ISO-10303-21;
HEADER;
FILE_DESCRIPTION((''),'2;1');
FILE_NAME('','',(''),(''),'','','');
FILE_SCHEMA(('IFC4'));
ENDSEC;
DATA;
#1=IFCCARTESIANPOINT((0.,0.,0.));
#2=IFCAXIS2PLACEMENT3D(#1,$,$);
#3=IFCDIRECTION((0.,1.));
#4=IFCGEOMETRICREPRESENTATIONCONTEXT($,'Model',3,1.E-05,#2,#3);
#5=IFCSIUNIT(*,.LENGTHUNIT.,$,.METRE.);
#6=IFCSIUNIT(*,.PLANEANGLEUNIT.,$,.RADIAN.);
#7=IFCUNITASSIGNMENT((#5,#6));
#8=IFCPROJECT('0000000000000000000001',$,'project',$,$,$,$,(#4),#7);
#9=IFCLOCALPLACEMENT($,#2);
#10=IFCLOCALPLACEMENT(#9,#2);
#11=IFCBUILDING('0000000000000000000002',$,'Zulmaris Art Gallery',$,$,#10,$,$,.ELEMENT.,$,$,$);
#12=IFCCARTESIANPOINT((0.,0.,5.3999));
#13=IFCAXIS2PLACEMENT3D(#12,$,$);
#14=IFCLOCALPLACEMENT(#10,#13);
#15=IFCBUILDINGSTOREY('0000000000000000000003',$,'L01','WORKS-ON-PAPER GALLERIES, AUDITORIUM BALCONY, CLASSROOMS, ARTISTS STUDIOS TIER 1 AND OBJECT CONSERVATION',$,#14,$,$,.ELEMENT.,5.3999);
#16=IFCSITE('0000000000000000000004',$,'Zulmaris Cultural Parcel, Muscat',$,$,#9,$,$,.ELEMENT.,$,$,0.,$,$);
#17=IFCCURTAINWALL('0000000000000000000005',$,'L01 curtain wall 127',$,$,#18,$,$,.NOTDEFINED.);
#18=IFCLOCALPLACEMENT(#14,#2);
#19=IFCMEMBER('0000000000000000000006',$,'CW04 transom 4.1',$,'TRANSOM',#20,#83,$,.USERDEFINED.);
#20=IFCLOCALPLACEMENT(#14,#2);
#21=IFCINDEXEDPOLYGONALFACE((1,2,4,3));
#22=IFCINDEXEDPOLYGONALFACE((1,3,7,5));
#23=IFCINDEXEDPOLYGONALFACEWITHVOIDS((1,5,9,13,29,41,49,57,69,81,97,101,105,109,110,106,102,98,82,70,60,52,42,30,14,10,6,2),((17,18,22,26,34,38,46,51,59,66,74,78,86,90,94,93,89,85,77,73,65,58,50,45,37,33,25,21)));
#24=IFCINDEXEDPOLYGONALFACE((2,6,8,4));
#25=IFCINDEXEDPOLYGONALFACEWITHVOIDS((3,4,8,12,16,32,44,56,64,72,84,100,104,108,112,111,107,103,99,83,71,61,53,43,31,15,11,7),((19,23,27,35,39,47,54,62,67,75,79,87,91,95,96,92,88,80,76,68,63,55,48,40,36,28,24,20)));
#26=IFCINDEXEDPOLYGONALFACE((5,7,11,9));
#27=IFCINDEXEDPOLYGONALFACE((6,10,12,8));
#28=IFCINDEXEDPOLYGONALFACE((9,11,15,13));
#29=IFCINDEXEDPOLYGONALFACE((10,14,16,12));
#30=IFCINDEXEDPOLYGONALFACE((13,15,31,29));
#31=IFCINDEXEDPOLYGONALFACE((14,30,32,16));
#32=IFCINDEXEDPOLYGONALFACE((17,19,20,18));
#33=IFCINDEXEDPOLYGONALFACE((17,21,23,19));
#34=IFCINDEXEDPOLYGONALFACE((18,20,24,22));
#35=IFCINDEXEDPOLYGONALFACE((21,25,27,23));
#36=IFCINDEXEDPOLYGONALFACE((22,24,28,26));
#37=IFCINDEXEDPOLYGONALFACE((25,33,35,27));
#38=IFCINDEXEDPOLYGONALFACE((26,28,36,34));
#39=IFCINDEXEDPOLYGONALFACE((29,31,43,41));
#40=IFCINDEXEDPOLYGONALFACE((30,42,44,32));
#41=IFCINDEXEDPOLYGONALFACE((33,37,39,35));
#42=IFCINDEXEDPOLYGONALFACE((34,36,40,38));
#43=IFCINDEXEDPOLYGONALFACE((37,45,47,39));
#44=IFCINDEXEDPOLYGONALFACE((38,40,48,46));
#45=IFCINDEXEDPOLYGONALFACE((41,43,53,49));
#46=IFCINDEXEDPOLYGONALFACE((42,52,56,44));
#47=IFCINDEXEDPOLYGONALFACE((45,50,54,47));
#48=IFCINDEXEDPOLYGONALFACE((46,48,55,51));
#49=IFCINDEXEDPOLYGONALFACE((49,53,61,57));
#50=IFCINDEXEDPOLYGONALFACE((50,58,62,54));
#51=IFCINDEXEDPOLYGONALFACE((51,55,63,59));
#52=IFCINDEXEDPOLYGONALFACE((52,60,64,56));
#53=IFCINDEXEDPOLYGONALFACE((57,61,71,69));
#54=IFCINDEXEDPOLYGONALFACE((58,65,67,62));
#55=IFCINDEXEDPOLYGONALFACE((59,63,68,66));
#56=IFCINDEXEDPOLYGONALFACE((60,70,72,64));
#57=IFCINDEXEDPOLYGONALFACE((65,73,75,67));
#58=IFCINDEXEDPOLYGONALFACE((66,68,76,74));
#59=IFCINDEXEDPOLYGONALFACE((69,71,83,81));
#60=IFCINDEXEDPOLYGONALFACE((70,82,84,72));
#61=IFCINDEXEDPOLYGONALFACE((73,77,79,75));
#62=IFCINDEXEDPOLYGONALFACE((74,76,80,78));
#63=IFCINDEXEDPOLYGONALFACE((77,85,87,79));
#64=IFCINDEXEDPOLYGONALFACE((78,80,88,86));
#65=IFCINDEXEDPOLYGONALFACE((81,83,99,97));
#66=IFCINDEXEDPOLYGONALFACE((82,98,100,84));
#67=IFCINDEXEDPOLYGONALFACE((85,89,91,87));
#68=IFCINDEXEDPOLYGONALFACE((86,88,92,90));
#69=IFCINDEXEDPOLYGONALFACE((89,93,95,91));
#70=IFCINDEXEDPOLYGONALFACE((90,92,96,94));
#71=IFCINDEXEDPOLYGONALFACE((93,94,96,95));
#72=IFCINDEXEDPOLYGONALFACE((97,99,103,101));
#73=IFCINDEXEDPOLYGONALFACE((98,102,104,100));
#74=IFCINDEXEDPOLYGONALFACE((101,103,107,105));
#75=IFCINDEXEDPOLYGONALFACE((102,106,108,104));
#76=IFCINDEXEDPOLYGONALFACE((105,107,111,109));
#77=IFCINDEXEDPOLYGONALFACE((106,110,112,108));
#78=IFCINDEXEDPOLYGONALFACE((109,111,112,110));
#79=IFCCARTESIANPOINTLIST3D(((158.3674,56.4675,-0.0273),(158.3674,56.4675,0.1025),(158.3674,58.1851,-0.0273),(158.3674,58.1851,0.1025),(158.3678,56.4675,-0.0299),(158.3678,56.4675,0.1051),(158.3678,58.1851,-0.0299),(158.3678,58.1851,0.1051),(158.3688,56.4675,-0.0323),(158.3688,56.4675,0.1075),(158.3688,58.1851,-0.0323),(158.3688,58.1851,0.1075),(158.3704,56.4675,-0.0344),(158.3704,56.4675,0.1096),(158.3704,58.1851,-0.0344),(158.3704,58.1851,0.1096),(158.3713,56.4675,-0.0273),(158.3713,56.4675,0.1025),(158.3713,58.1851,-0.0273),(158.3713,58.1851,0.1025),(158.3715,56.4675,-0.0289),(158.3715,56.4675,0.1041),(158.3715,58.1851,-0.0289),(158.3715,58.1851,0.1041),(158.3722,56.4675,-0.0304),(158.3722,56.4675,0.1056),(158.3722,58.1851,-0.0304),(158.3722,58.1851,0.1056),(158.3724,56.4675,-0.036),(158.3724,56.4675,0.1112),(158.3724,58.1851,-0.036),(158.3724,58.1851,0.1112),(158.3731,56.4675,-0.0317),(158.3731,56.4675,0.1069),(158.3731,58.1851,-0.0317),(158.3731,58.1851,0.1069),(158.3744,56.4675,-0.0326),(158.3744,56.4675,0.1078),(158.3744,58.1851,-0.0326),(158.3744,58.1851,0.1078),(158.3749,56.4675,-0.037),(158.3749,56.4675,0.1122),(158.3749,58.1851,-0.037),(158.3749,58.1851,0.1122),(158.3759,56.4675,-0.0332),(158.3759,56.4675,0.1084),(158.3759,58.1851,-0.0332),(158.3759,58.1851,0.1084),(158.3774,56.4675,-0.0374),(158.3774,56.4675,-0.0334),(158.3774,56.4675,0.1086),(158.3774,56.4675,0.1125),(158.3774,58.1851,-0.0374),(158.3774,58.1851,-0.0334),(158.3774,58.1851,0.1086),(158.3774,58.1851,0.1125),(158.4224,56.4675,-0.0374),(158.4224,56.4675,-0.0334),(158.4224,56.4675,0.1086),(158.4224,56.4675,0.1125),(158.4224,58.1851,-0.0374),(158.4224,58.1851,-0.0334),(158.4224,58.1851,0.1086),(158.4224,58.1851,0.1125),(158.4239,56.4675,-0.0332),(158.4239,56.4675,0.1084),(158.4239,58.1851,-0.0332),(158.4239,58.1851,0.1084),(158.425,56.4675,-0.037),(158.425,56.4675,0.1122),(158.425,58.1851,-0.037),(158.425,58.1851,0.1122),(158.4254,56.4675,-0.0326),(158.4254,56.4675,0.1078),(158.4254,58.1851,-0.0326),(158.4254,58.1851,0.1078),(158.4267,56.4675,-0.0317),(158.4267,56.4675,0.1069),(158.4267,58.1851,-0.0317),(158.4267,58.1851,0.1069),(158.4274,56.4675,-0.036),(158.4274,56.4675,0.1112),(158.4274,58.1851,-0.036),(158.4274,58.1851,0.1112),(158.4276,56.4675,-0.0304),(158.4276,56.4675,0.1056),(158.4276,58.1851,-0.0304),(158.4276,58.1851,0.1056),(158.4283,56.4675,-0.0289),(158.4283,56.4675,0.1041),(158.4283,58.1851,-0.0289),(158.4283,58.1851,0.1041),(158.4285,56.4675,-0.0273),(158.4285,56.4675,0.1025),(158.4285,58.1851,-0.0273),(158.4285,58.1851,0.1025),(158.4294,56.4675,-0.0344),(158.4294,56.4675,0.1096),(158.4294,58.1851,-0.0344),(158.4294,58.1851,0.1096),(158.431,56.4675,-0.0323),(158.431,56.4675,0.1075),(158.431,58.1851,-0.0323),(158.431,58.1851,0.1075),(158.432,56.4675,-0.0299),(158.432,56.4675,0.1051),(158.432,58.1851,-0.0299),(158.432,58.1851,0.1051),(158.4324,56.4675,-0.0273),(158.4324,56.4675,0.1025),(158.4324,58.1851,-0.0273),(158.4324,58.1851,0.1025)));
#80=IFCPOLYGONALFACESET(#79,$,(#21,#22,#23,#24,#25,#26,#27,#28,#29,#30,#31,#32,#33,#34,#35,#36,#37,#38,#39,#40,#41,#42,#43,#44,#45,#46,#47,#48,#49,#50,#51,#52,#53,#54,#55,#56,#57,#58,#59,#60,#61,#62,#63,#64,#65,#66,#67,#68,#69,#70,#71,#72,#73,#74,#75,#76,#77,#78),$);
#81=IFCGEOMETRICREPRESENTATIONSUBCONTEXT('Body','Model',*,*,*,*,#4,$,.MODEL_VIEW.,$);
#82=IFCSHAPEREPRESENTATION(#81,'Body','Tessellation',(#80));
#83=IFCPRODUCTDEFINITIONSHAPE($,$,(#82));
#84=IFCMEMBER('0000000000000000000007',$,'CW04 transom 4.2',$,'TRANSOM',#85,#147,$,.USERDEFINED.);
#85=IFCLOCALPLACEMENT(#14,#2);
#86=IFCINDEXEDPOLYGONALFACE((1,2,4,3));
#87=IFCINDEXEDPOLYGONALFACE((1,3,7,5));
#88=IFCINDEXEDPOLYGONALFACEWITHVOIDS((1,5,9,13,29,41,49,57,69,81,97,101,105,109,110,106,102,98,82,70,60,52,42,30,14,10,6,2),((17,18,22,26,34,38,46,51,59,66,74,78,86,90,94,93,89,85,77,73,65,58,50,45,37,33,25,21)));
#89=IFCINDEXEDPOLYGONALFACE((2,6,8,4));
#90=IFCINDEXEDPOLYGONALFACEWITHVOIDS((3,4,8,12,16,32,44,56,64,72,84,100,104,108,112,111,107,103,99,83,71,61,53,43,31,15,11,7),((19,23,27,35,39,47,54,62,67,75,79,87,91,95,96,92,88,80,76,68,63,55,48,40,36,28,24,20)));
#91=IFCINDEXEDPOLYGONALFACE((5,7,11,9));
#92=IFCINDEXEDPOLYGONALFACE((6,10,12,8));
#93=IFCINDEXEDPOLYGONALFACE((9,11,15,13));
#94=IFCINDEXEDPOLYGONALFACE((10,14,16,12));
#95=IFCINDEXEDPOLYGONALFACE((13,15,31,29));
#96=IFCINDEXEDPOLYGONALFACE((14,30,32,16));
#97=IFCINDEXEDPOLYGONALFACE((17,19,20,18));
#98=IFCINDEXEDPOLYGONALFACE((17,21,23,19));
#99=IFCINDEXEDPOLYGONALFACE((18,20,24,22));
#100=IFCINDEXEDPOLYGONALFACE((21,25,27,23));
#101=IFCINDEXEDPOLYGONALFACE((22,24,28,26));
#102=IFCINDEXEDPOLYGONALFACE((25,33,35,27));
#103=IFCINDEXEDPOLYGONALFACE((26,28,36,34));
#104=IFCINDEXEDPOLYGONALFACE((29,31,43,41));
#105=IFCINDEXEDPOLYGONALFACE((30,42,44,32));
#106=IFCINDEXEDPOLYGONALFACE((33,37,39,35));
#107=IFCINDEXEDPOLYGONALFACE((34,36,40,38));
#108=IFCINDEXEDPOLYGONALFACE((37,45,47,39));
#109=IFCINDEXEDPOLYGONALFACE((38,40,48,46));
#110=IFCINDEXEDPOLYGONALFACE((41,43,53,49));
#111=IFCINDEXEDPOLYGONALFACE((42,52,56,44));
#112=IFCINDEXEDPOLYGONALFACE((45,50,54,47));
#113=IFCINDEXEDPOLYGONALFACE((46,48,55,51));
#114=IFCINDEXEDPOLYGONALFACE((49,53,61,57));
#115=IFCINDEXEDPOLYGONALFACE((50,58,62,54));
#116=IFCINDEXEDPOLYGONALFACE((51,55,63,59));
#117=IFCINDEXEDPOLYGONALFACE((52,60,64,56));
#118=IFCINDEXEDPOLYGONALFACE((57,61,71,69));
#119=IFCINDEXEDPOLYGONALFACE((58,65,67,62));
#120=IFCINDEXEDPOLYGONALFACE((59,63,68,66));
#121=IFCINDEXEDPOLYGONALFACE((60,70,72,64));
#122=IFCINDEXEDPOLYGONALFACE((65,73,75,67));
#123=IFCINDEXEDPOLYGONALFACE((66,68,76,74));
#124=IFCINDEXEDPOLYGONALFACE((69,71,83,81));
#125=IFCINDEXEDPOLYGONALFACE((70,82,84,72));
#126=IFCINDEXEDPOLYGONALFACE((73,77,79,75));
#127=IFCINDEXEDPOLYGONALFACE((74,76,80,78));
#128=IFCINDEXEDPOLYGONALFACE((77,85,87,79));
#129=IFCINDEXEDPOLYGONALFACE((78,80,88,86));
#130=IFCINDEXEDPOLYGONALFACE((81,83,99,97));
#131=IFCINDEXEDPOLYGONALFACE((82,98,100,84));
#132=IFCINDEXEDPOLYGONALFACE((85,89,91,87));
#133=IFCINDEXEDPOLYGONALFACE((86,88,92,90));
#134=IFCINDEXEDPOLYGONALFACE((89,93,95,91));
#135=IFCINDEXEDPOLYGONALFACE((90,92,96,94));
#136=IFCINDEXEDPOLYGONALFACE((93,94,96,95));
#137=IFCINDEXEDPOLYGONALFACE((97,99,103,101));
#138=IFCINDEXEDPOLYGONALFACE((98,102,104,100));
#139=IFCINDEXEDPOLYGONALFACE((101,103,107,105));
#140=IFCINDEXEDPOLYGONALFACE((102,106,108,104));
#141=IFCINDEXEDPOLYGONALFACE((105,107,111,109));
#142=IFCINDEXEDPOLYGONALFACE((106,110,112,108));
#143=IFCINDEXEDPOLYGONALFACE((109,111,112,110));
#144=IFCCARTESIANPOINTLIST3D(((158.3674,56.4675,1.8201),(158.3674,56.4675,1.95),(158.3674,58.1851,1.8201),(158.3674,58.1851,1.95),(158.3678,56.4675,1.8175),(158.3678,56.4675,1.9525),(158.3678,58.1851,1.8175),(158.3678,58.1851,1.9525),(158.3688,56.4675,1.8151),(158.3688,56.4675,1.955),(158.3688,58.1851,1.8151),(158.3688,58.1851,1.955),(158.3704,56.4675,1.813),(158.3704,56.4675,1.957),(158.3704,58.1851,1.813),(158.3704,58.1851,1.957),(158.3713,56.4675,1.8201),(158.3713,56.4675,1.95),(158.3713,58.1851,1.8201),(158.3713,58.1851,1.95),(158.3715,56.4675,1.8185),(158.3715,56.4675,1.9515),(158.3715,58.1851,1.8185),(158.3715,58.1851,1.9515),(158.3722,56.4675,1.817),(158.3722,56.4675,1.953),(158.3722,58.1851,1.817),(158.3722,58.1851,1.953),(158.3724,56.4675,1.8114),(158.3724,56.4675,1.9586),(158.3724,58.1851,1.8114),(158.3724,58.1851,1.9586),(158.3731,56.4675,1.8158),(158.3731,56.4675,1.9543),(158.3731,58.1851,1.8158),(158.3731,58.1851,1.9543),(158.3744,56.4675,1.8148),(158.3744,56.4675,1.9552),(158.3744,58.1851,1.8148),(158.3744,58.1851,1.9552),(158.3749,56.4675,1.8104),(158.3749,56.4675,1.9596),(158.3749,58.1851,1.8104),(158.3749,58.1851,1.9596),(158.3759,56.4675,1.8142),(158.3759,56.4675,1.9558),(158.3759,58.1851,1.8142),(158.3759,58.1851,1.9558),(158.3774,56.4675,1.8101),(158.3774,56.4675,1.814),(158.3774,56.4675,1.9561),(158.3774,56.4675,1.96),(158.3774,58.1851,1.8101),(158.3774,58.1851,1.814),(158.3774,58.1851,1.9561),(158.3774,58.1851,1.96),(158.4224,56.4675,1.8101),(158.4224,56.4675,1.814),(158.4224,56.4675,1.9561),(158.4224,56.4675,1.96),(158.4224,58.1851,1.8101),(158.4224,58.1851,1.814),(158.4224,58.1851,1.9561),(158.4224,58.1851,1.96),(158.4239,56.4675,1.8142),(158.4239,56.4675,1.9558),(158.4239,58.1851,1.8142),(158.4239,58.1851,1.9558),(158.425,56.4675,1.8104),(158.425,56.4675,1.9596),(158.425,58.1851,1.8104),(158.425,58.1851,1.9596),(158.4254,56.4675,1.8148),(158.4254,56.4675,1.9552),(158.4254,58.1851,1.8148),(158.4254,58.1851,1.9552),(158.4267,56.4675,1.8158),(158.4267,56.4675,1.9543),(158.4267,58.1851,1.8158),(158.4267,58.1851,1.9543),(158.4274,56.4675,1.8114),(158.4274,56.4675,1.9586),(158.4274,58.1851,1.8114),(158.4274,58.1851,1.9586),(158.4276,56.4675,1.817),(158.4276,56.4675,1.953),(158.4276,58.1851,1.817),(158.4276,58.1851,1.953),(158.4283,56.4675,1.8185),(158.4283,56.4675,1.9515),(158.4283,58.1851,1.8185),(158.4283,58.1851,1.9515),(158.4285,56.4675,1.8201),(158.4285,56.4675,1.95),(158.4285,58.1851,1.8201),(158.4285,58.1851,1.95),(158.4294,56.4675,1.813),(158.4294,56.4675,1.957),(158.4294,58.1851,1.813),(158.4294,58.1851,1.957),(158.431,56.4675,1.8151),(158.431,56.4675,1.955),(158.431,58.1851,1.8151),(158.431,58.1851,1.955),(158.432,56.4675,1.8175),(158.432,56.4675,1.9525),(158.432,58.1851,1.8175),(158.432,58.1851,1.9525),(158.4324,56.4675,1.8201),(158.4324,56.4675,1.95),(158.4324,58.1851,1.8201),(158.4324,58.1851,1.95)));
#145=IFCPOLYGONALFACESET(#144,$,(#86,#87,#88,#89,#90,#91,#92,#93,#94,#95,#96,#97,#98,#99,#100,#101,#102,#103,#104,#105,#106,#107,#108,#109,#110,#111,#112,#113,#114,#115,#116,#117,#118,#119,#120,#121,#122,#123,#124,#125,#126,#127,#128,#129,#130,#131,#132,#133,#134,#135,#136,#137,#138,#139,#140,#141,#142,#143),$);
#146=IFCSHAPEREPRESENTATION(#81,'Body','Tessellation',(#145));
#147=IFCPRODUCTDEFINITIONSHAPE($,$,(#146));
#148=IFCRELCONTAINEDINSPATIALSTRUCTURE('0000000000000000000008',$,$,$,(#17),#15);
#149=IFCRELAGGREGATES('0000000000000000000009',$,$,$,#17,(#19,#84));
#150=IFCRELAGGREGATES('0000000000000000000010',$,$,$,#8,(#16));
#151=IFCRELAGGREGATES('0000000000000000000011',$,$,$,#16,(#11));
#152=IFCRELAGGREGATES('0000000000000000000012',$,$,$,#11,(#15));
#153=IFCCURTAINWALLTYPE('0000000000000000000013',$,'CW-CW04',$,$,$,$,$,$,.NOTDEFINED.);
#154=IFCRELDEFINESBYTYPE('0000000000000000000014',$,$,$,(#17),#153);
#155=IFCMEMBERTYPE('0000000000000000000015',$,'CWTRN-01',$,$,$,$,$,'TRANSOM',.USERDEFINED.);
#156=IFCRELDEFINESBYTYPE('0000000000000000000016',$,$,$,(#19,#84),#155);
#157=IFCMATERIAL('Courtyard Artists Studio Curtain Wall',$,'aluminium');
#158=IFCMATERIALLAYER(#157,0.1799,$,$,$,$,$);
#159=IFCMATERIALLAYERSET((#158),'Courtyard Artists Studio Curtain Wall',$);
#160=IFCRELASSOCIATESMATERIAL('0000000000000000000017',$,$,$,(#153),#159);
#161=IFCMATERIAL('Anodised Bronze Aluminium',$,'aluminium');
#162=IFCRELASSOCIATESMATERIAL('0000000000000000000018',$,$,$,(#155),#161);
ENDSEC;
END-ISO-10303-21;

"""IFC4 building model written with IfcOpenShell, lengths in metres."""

from ifc_helpers import new_model, si_unit, direction, frame, origin, origin_2d, place, context, subcontext, project, spatial, hollow_rectangle, extrude, material, layer, layer_set, material_profile, profile_set, type_object, element, aggregate, save


model = new_model("IFC4")

# Units and contexts
model_context = context("Model", 3, precision=1e-05, world=origin(), true_north=direction((0.0, 1.0)))
body_context = subcontext(model_context, "Body", "Model", "MODEL_VIEW")
ifc_project = project(units=[si_unit("LENGTHUNIT", "METRE"), si_unit("PLANEANGLEUNIT", "RADIAN")], contexts=[model_context])

# Site, building, storey
site_placement = place(None, origin())
site = spatial("IfcSite", under=ifc_project, at=site_placement, Name="Zulmaris Cultural Parcel, Muscat", CompositionType="ELEMENT", RefElevation=0.0)
building_placement = place(site_placement, origin())
building = spatial("IfcBuilding", under=site, at=building_placement, Name="Zulmaris Art Gallery", CompositionType="ELEMENT")
storey_placement = place(building_placement, frame((0.0, 0.0, 5.3999)))
storey = spatial("IfcBuildingStorey", under=building, at=storey_placement, Name="L01", Description="WORKS-ON-PAPER GALLERIES, AUDITORIUM BALCONY, CLASSROOMS, ARTISTS STUDIOS TIER 1 AND OBJECT CONSERVATION", CompositionType="ELEMENT", Elevation=5.3999)

# Curtain wall, members
ifc_material_1 = material(Name="Courtyard Artists Studio Curtain Wall", Category="aluminium")
ifc_layer_1 = layer(ifc_material_1, 0.1799)
ifc_layer_set_1 = layer_set([ifc_layer_1], Name="Courtyard Artists Studio Curtain Wall")
curtain_wall_type = type_object("IfcCurtainWallType", Name="CW-CW04", PredefinedType="NOTDEFINED", material=ifc_layer_set_1)
ifc_material_2 = material(Name="Anodised Bronze Aluminium", Category="aluminium")
curtain_wall_1_placement = place(storey_placement, origin())
curtain_wall_1 = element("IfcCurtainWall", 1, at=curtain_wall_1_placement, inside=storey, type_object=curtain_wall_type, Name="L01 curtain wall 127", PredefinedType="NOTDEFINED")
ifc_material_profile_1 = material_profile(ifc_material_2, hollow_rectangle(XDim=0.0649, YDim=0.1499, WallThickness=0.0039, InnerFilletRadius=0.0061, OuterFilletRadius=0.01, at=origin_2d()), Name="ALU 65x150x4")
ifc_profile_set_1 = profile_set([ifc_material_profile_1], Name="Anodised Bronze Aluminium")
member_type_1 = type_object("IfcMemberType", Name="CWTRN-01", ElementType="TRANSOM", PredefinedType="USERDEFINED", material=ifc_profile_set_1)
member_1_placement = place(storey_placement, frame((158.3999, 56.4675, 0.0376), z_axis=(0.0, 1.0, 0.0), x_axis=(-1.0, 0.0, 0.0)))
member_1 = element("IfcMember", 2, at=member_1_placement, type_object=member_type_1, Name="CW04 transom 4.1", ObjectType="TRANSOM", PredefinedType="USERDEFINED", context=body_context, shape_type="SweptSolid", body=[
    extrude(hollow_rectangle(XDim=0.0649, YDim=0.1499, WallThickness=0.0039, InnerFilletRadius=0.0061, OuterFilletRadius=0.01, at=origin_2d()), origin(), (0.0, 0.0, 1.0), 1.7175),
])
member_2_placement = place(storey_placement, frame((158.3999, 56.4675, 1.885), z_axis=(0.0, 1.0, 0.0), x_axis=(-1.0, 0.0, 0.0)))
member_2 = element("IfcMember", 3, at=member_2_placement, type_object=member_type_1, Name="CW04 transom 4.2", ObjectType="TRANSOM", PredefinedType="USERDEFINED", context=body_context, shape_type="SweptSolid", body=[
    extrude(hollow_rectangle(XDim=0.0649, YDim=0.1499, WallThickness=0.0039, InnerFilletRadius=0.0061, OuterFilletRadius=0.01, at=origin_2d()), origin(), (0.0, 0.0, 1.0), 1.7175),
])

aggregate(curtain_wall_1, [member_1, member_2])

save(model, "model.ifc")
